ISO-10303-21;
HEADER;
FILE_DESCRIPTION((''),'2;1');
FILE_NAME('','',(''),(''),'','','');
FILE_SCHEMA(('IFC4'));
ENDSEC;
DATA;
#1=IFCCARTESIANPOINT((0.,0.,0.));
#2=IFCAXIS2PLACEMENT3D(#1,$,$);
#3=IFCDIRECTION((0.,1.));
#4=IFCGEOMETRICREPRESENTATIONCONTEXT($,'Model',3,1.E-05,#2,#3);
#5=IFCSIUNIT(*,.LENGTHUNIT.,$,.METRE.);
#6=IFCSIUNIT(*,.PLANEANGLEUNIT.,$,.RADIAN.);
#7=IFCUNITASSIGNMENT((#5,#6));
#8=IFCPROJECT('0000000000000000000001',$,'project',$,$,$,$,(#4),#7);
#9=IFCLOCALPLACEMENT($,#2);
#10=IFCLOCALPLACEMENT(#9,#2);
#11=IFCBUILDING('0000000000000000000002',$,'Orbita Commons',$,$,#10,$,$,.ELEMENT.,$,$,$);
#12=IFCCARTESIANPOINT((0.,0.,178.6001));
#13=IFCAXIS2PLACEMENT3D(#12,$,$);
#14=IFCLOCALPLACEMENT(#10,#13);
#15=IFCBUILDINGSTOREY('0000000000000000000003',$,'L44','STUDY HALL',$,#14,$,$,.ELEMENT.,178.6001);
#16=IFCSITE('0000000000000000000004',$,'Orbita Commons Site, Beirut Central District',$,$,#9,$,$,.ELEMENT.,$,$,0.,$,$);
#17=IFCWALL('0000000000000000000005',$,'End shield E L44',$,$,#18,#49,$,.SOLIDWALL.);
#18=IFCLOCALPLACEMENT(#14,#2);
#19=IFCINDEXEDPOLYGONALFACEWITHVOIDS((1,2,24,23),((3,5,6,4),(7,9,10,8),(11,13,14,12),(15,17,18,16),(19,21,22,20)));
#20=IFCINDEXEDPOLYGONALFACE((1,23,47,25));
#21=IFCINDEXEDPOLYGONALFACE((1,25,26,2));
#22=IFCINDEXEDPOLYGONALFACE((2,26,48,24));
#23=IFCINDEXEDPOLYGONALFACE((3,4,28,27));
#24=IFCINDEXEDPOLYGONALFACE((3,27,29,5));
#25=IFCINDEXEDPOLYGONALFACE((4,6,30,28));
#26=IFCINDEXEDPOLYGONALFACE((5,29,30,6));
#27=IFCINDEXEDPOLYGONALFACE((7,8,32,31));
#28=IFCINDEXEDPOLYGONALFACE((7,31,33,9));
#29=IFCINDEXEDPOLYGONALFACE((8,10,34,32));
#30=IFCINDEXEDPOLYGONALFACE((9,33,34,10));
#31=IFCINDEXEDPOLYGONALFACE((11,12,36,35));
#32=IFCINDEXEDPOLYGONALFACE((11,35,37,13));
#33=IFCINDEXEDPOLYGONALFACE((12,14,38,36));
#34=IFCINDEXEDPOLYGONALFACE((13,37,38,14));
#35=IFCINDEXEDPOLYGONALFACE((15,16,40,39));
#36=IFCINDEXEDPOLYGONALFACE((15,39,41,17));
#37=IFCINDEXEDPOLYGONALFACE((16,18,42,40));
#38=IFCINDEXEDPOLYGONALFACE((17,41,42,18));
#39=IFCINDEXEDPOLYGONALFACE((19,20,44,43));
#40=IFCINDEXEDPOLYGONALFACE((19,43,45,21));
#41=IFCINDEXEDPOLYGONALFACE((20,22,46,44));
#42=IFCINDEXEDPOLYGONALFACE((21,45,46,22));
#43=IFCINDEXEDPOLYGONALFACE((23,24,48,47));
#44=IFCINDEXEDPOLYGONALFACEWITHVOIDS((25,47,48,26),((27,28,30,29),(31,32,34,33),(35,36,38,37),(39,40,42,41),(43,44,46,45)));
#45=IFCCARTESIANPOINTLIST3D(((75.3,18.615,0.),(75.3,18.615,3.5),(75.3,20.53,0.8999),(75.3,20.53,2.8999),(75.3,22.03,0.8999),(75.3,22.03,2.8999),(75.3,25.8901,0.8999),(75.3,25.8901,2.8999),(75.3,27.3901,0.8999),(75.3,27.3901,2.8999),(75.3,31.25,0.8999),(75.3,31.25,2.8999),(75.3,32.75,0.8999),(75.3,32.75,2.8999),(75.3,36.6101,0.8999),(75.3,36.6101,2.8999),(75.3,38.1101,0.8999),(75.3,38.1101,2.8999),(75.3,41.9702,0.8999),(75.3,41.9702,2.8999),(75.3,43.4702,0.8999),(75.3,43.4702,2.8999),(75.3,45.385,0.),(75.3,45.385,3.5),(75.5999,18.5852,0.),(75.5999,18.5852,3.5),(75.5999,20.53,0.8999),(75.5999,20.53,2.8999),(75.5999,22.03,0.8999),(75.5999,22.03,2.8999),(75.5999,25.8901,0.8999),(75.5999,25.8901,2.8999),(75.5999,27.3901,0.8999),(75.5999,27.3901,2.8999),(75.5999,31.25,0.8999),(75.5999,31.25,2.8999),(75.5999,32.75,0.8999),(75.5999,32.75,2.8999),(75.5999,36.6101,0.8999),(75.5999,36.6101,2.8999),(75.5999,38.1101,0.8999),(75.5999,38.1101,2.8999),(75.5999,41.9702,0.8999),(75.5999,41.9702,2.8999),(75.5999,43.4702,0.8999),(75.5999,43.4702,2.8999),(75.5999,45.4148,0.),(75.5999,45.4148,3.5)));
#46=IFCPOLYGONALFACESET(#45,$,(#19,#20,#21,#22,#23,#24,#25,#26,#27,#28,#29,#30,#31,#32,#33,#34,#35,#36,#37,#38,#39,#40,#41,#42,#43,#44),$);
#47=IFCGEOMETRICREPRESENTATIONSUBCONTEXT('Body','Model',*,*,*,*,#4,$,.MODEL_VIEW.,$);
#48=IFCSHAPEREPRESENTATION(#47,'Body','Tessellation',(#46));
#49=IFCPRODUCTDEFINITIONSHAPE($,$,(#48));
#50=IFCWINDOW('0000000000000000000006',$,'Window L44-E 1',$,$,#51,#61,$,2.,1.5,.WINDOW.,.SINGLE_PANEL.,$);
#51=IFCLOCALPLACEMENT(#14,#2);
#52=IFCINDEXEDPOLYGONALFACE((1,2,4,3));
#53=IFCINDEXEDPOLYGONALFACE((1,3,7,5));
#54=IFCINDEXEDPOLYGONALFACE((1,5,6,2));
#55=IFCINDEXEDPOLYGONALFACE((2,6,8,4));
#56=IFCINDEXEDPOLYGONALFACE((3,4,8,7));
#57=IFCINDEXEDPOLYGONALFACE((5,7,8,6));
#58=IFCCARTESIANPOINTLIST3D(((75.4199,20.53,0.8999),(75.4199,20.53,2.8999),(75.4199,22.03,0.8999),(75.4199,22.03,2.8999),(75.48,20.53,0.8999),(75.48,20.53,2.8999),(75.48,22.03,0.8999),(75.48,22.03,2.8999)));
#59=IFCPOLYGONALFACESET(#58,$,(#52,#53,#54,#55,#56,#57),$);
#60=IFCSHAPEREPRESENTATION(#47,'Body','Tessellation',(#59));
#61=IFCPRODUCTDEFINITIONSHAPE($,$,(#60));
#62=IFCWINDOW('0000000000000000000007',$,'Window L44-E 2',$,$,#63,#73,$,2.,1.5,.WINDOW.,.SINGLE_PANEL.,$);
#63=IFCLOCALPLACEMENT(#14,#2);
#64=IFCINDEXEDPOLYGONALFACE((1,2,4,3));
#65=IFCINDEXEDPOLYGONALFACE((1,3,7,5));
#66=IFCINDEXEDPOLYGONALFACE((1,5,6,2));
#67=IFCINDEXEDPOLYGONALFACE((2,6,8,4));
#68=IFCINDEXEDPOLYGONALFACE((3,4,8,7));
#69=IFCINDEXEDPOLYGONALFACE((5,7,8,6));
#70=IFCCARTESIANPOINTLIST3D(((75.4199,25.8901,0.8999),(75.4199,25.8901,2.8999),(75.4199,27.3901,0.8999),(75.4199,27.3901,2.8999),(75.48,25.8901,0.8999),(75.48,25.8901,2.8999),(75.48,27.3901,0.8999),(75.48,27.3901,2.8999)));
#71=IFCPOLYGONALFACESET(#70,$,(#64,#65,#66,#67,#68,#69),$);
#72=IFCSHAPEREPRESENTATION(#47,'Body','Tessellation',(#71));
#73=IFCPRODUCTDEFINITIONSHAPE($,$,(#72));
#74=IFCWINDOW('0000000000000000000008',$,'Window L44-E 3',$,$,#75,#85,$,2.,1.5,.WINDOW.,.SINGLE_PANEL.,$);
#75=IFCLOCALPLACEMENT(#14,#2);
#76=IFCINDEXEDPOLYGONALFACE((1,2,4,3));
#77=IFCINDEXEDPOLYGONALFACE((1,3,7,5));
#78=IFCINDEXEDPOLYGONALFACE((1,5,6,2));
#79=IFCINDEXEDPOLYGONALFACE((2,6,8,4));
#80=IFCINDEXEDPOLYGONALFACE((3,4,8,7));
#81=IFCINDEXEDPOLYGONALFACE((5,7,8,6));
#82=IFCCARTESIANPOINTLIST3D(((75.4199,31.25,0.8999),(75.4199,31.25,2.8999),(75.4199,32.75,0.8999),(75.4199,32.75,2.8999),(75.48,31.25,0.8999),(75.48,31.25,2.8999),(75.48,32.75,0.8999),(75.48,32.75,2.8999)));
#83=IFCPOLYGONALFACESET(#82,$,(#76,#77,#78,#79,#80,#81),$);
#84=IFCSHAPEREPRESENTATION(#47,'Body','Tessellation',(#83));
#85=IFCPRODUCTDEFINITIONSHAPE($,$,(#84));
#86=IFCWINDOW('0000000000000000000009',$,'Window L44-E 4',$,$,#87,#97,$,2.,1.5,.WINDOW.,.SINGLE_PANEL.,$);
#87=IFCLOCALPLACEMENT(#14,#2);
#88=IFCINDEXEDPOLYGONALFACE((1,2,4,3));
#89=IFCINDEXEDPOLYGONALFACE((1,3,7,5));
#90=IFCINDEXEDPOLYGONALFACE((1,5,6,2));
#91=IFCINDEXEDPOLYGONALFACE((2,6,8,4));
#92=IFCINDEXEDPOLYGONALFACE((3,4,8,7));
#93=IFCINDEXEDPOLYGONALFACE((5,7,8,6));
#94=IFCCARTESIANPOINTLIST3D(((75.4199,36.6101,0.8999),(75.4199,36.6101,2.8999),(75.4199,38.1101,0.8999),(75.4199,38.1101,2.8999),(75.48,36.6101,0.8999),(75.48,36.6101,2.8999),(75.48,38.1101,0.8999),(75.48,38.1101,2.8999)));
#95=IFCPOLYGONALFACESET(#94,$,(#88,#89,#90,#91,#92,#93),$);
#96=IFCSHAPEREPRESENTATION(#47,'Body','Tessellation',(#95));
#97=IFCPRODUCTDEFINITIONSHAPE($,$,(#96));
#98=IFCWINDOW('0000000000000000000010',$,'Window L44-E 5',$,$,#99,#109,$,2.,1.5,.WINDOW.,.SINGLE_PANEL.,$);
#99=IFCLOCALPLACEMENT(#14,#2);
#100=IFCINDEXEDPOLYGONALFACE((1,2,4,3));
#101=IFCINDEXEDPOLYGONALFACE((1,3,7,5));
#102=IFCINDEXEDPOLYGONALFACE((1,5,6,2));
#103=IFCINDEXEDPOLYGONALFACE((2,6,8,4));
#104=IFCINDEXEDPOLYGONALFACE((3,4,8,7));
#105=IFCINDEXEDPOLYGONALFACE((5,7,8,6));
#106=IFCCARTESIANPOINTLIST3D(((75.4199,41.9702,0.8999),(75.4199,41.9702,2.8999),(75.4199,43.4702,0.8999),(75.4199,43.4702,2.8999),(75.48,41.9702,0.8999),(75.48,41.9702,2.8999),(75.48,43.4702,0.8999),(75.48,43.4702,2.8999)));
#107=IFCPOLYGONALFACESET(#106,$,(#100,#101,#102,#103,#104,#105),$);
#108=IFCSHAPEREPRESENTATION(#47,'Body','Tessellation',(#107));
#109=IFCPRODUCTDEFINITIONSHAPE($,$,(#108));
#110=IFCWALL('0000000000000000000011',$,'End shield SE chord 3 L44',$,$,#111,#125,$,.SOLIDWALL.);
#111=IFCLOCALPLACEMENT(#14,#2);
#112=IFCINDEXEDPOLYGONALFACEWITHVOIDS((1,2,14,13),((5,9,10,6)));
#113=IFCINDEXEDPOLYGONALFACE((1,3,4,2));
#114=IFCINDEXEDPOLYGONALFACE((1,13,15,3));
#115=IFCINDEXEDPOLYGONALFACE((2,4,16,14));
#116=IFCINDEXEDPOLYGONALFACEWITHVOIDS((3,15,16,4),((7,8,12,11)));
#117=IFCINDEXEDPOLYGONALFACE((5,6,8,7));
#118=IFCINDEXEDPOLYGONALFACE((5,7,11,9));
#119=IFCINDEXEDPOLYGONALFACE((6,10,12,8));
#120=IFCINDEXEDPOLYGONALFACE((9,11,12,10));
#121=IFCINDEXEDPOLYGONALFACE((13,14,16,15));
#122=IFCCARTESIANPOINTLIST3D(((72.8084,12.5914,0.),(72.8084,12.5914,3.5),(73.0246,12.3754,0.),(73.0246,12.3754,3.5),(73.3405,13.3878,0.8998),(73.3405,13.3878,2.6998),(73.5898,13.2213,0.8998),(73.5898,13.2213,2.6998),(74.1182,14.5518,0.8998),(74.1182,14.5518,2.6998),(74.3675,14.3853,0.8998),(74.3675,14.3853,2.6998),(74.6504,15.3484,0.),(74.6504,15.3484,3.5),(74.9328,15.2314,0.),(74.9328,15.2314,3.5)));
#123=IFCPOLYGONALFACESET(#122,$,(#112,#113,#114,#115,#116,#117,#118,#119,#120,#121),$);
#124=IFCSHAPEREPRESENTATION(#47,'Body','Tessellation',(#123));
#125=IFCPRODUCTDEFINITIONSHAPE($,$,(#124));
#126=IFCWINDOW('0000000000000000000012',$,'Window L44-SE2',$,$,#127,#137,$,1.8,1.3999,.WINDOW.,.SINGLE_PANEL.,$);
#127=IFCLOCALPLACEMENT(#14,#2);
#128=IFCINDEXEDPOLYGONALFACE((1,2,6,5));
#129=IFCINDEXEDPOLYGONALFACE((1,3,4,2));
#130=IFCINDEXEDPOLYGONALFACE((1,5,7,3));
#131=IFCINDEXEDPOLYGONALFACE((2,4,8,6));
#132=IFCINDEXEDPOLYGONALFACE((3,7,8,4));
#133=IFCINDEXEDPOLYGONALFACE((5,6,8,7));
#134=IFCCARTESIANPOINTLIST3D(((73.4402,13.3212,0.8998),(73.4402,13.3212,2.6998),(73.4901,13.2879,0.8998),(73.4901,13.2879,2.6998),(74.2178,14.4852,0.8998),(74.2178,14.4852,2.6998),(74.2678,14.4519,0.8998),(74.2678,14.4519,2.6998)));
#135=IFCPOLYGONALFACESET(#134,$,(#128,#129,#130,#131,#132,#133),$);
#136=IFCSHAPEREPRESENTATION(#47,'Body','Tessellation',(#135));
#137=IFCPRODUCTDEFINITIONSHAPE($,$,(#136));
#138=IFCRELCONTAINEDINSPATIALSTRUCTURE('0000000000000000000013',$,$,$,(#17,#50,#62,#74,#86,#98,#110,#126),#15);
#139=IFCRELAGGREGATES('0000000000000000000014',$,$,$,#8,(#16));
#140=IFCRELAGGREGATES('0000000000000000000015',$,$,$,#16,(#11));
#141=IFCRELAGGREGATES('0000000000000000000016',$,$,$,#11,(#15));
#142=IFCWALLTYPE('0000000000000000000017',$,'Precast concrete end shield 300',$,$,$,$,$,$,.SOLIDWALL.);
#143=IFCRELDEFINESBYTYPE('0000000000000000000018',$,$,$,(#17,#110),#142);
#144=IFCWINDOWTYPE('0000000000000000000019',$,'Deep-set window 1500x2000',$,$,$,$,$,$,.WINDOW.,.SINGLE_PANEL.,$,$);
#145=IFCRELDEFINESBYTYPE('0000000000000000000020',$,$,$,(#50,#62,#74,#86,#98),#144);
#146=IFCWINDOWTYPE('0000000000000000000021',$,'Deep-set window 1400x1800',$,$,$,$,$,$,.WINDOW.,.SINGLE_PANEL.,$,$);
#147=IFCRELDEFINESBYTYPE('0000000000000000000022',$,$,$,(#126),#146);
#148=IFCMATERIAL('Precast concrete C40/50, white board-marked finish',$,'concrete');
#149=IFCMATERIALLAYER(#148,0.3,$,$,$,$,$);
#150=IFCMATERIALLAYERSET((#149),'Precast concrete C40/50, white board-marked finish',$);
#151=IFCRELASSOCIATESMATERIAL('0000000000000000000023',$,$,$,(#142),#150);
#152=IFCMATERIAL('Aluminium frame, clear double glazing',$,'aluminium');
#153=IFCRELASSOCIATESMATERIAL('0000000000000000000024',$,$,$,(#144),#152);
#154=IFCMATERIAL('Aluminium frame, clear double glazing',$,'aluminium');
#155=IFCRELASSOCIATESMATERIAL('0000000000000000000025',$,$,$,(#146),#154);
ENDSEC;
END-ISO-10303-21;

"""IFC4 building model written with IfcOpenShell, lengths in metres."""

from ifc_helpers import new_model, si_unit, direction, frame, frame_2d, origin, place, context, subcontext, project, spatial, polyline, rectangle, outline, extrude, material, layer, layer_set, type_object, element, fill, save


model = new_model("IFC4")

# Units and contexts
model_context = context("Model", 3, precision=1e-05, world=origin(), true_north=direction((0.0, 1.0)))
body_context = subcontext(model_context, "Body", "Model", "MODEL_VIEW")
ifc_project = project(units=[si_unit("LENGTHUNIT", "METRE"), si_unit("PLANEANGLEUNIT", "RADIAN")], contexts=[model_context])

# Site, building, storey
site_placement = place(None, origin())
site = spatial("IfcSite", under=ifc_project, at=site_placement, Name="Orbita Commons Site, Beirut Central District", CompositionType="ELEMENT", RefElevation=0.0)
building_placement = place(site_placement, origin())
building = spatial("IfcBuilding", under=site, at=building_placement, Name="Orbita Commons", CompositionType="ELEMENT")
storey_placement = place(building_placement, frame((0.0, 0.0, 178.6001)))
storey = spatial("IfcBuildingStorey", under=building, at=storey_placement, Name="L44", Description="STUDY HALL", CompositionType="ELEMENT", Elevation=178.6001)

# Wall, openings, windows
ifc_material_1 = material(Name="Precast concrete C40/50, white board-marked finish", Category="concrete")
ifc_layer_1 = layer(ifc_material_1, 0.3)
ifc_layer_set_1 = layer_set([ifc_layer_1], Name="Precast concrete C40/50, white board-marked finish")
wall_type_1 = type_object("IfcWallType", Name="Precast concrete end shield 300", PredefinedType="SOLIDWALL", material=ifc_layer_set_1)
wall_1_placement = place(storey_placement, frame((75.45, 18.6001, 0.0), z_axis=(0.0, 0.0, 1.0), x_axis=(0.0, 1.0, 0.0)))
wall_1 = element("IfcWall", 1, at=wall_1_placement, inside=storey, type_object=wall_type_1, Name="End shield E L44", PredefinedType="SOLIDWALL", context=body_context, shape_type="SweptSolid", body=[
    extrude(outline(polyline([(-0.0149, -0.1499), (26.8147, -0.1499), (26.7849, 0.1499), (0.0149, 0.1499), (-0.0149, -0.1499)])), origin(), (0.0, 0.0, 1.0), 3.5),
])
opening_1_placement = place(wall_1_placement, frame((1.9299, 0.0, 0.8999)))
opening_1 = element("IfcOpeningElement", 2, at=opening_1_placement, cuts=wall_1, PredefinedType="OPENING", context=body_context, shape_type="SweptSolid", body=[
    extrude(rectangle(XDim=1.5, YDim=2.0, at=frame_2d((0.75, 1.0))), frame((0.0, 0.1599, 0.0), z_axis=(0.0, -1.0, 0.0), x_axis=(1.0, 0.0, 0.0)), (0.0, 0.0, 1.0), 0.3201),
])
opening_2_placement = place(wall_1_placement, frame((7.29, 0.0, 0.8999)))
opening_2 = element("IfcOpeningElement", 3, at=opening_2_placement, cuts=wall_1, PredefinedType="OPENING", context=body_context, shape_type="SweptSolid", body=[
    extrude(rectangle(XDim=1.5, YDim=2.0, at=frame_2d((0.75, 1.0))), frame((0.0, 0.1599, 0.0), z_axis=(0.0, -1.0, 0.0), x_axis=(1.0, 0.0, 0.0)), (0.0, 0.0, 1.0), 0.3201),
])
opening_3_placement = place(wall_1_placement, frame((12.6499, 0.0, 0.8999)))
opening_3 = element("IfcOpeningElement", 4, at=opening_3_placement, cuts=wall_1, PredefinedType="OPENING", context=body_context, shape_type="SweptSolid", body=[
    extrude(rectangle(XDim=1.5, YDim=2.0, at=frame_2d((0.75, 1.0))), frame((0.0, 0.1599, 0.0), z_axis=(0.0, -1.0, 0.0), x_axis=(1.0, 0.0, 0.0)), (0.0, 0.0, 1.0), 0.3201),
])
opening_4_placement = place(wall_1_placement, frame((18.01, 0.0, 0.8999)))
opening_4 = element("IfcOpeningElement", 5, at=opening_4_placement, cuts=wall_1, PredefinedType="OPENING", context=body_context, shape_type="SweptSolid", body=[
    extrude(rectangle(XDim=1.5, YDim=2.0, at=frame_2d((0.75, 1.0))), frame((0.0, 0.1599, 0.0), z_axis=(0.0, -1.0, 0.0), x_axis=(1.0, 0.0, 0.0)), (0.0, 0.0, 1.0), 0.3201),
])
opening_5_placement = place(wall_1_placement, frame((23.3701, 0.0, 0.8999)))
opening_5 = element("IfcOpeningElement", 6, at=opening_5_placement, cuts=wall_1, PredefinedType="OPENING", context=body_context, shape_type="SweptSolid", body=[
    extrude(rectangle(XDim=1.5, YDim=2.0, at=frame_2d((0.75, 1.0))), frame((0.0, 0.1599, 0.0), z_axis=(0.0, -1.0, 0.0), x_axis=(1.0, 0.0, 0.0)), (0.0, 0.0, 1.0), 0.3201),
])
ifc_material_2 = material(Name="Aluminium frame, clear double glazing", Category="aluminium")
window_type_1 = type_object("IfcWindowType", Name="Deep-set window 1500x2000", PartitioningType="SINGLE_PANEL", PredefinedType="WINDOW", material=ifc_material_2)
window_1_placement = place(opening_1_placement, origin())
window_1 = element("IfcWindow", 7, at=window_1_placement, inside=storey, type_object=window_type_1, Name="Window L44-E 1", OverallHeight=2.0, OverallWidth=1.5, PartitioningType="SINGLE_PANEL", PredefinedType="WINDOW", context=body_context, shape_type="SweptSolid", body=[
    extrude(rectangle(XDim=1.5, YDim=2.0, at=frame_2d((0.75, 1.0))), frame((0.0, 0.03, 0.0), z_axis=(0.0, -1.0, 0.0), x_axis=(1.0, 0.0, 0.0)), (0.0, 0.0, 1.0), 0.0601),
])
fill(opening_1, window_1)
window_2_placement = place(opening_2_placement, origin())
window_2 = element("IfcWindow", 8, at=window_2_placement, inside=storey, type_object=window_type_1, Name="Window L44-E 2", OverallHeight=2.0, OverallWidth=1.5, PartitioningType="SINGLE_PANEL", PredefinedType="WINDOW", context=body_context, shape_type="SweptSolid", body=[
    extrude(rectangle(XDim=1.5, YDim=2.0, at=frame_2d((0.75, 1.0))), frame((0.0, 0.03, 0.0), z_axis=(0.0, -1.0, 0.0), x_axis=(1.0, 0.0, 0.0)), (0.0, 0.0, 1.0), 0.0601),
])
fill(opening_2, window_2)
window_3_placement = place(opening_3_placement, origin())
window_3 = element("IfcWindow", 9, at=window_3_placement, inside=storey, type_object=window_type_1, Name="Window L44-E 3", OverallHeight=2.0, OverallWidth=1.5, PartitioningType="SINGLE_PANEL", PredefinedType="WINDOW", context=body_context, shape_type="SweptSolid", body=[
    extrude(rectangle(XDim=1.5, YDim=2.0, at=frame_2d((0.75, 1.0))), frame((0.0, 0.03, 0.0), z_axis=(0.0, -1.0, 0.0), x_axis=(1.0, 0.0, 0.0)), (0.0, 0.0, 1.0), 0.0601),
])
fill(opening_3, window_3)
window_4_placement = place(opening_4_placement, origin())
window_4 = element("IfcWindow", 10, at=window_4_placement, inside=storey, type_object=window_type_1, Name="Window L44-E 4", OverallHeight=2.0, OverallWidth=1.5, PartitioningType="SINGLE_PANEL", PredefinedType="WINDOW", context=body_context, shape_type="SweptSolid", body=[
    extrude(rectangle(XDim=1.5, YDim=2.0, at=frame_2d((0.75, 1.0))), frame((0.0, 0.03, 0.0), z_axis=(0.0, -1.0, 0.0), x_axis=(1.0, 0.0, 0.0)), (0.0, 0.0, 1.0), 0.0601),
])
fill(opening_4, window_4)
window_5_placement = place(opening_5_placement, origin())
window_5 = element("IfcWindow", 11, at=window_5_placement, inside=storey, type_object=window_type_1, Name="Window L44-E 5", OverallHeight=2.0, OverallWidth=1.5, PartitioningType="SINGLE_PANEL", PredefinedType="WINDOW", context=body_context, shape_type="SweptSolid", body=[
    extrude(rectangle(XDim=1.5, YDim=2.0, at=frame_2d((0.75, 1.0))), frame((0.0, 0.03, 0.0), z_axis=(0.0, -1.0, 0.0), x_axis=(1.0, 0.0, 0.0)), (0.0, 0.0, 1.0), 0.0601),
])
fill(opening_5, window_5)

# Wall, opening, window
wall_2_placement = place(storey_placement, frame((72.9165, 12.4834, 0.0), z_axis=(0.0, 0.0, 1.0), x_axis=(0.555535, 0.831493, 0.0)))
wall_2 = element("IfcWall", 12, at=wall_2_placement, inside=storey, type_object=wall_type_1, Name="End shield SE chord 3 L44", PredefinedType="SOLIDWALL", context=body_context, shape_type="SweptSolid", body=[
    extrude(outline(polyline([(-0.0298, -0.1499), (3.405, -0.1499), (3.3455, 0.1499), (0.0298, 0.1499), (-0.0298, -0.1499)])), origin(), (0.0, 0.0, 1.0), 3.5),
])
opening_6_placement = place(wall_2_placement, frame((0.9875, 0.0, 0.8999)))
opening_6 = element("IfcOpeningElement", 13, at=opening_6_placement, cuts=wall_2, PredefinedType="OPENING", context=body_context, shape_type="SweptSolid", body=[
    extrude(rectangle(XDim=1.3999, YDim=1.8, at=frame_2d((0.7, 0.8999))), frame((0.0, 0.1599, 0.0), z_axis=(0.0, -1.0, 0.0), x_axis=(1.0, 0.0, 0.0)), (0.0, 0.0, 1.0), 0.3201),
])
ifc_material_3 = material(Name="Aluminium frame, clear double glazing", Category="aluminium")
window_type_2 = type_object("IfcWindowType", Name="Deep-set window 1400x1800", PartitioningType="SINGLE_PANEL", PredefinedType="WINDOW", material=ifc_material_3)
window_6_placement = place(opening_6_placement, origin())
window_6 = element("IfcWindow", 14, at=window_6_placement, inside=storey, type_object=window_type_2, Name="Window L44-SE2", OverallHeight=1.8, OverallWidth=1.3999, PartitioningType="SINGLE_PANEL", PredefinedType="WINDOW", context=body_context, shape_type="SweptSolid", body=[
    extrude(rectangle(XDim=1.3999, YDim=1.8, at=frame_2d((0.7, 0.8999))), frame((0.0, 0.03, 0.0), z_axis=(0.0, -1.0, 0.0), x_axis=(1.0, 0.0, 0.0)), (0.0, 0.0, 1.0), 0.0601),
])
fill(opening_6, window_6)

save(model, "model.ifc")
